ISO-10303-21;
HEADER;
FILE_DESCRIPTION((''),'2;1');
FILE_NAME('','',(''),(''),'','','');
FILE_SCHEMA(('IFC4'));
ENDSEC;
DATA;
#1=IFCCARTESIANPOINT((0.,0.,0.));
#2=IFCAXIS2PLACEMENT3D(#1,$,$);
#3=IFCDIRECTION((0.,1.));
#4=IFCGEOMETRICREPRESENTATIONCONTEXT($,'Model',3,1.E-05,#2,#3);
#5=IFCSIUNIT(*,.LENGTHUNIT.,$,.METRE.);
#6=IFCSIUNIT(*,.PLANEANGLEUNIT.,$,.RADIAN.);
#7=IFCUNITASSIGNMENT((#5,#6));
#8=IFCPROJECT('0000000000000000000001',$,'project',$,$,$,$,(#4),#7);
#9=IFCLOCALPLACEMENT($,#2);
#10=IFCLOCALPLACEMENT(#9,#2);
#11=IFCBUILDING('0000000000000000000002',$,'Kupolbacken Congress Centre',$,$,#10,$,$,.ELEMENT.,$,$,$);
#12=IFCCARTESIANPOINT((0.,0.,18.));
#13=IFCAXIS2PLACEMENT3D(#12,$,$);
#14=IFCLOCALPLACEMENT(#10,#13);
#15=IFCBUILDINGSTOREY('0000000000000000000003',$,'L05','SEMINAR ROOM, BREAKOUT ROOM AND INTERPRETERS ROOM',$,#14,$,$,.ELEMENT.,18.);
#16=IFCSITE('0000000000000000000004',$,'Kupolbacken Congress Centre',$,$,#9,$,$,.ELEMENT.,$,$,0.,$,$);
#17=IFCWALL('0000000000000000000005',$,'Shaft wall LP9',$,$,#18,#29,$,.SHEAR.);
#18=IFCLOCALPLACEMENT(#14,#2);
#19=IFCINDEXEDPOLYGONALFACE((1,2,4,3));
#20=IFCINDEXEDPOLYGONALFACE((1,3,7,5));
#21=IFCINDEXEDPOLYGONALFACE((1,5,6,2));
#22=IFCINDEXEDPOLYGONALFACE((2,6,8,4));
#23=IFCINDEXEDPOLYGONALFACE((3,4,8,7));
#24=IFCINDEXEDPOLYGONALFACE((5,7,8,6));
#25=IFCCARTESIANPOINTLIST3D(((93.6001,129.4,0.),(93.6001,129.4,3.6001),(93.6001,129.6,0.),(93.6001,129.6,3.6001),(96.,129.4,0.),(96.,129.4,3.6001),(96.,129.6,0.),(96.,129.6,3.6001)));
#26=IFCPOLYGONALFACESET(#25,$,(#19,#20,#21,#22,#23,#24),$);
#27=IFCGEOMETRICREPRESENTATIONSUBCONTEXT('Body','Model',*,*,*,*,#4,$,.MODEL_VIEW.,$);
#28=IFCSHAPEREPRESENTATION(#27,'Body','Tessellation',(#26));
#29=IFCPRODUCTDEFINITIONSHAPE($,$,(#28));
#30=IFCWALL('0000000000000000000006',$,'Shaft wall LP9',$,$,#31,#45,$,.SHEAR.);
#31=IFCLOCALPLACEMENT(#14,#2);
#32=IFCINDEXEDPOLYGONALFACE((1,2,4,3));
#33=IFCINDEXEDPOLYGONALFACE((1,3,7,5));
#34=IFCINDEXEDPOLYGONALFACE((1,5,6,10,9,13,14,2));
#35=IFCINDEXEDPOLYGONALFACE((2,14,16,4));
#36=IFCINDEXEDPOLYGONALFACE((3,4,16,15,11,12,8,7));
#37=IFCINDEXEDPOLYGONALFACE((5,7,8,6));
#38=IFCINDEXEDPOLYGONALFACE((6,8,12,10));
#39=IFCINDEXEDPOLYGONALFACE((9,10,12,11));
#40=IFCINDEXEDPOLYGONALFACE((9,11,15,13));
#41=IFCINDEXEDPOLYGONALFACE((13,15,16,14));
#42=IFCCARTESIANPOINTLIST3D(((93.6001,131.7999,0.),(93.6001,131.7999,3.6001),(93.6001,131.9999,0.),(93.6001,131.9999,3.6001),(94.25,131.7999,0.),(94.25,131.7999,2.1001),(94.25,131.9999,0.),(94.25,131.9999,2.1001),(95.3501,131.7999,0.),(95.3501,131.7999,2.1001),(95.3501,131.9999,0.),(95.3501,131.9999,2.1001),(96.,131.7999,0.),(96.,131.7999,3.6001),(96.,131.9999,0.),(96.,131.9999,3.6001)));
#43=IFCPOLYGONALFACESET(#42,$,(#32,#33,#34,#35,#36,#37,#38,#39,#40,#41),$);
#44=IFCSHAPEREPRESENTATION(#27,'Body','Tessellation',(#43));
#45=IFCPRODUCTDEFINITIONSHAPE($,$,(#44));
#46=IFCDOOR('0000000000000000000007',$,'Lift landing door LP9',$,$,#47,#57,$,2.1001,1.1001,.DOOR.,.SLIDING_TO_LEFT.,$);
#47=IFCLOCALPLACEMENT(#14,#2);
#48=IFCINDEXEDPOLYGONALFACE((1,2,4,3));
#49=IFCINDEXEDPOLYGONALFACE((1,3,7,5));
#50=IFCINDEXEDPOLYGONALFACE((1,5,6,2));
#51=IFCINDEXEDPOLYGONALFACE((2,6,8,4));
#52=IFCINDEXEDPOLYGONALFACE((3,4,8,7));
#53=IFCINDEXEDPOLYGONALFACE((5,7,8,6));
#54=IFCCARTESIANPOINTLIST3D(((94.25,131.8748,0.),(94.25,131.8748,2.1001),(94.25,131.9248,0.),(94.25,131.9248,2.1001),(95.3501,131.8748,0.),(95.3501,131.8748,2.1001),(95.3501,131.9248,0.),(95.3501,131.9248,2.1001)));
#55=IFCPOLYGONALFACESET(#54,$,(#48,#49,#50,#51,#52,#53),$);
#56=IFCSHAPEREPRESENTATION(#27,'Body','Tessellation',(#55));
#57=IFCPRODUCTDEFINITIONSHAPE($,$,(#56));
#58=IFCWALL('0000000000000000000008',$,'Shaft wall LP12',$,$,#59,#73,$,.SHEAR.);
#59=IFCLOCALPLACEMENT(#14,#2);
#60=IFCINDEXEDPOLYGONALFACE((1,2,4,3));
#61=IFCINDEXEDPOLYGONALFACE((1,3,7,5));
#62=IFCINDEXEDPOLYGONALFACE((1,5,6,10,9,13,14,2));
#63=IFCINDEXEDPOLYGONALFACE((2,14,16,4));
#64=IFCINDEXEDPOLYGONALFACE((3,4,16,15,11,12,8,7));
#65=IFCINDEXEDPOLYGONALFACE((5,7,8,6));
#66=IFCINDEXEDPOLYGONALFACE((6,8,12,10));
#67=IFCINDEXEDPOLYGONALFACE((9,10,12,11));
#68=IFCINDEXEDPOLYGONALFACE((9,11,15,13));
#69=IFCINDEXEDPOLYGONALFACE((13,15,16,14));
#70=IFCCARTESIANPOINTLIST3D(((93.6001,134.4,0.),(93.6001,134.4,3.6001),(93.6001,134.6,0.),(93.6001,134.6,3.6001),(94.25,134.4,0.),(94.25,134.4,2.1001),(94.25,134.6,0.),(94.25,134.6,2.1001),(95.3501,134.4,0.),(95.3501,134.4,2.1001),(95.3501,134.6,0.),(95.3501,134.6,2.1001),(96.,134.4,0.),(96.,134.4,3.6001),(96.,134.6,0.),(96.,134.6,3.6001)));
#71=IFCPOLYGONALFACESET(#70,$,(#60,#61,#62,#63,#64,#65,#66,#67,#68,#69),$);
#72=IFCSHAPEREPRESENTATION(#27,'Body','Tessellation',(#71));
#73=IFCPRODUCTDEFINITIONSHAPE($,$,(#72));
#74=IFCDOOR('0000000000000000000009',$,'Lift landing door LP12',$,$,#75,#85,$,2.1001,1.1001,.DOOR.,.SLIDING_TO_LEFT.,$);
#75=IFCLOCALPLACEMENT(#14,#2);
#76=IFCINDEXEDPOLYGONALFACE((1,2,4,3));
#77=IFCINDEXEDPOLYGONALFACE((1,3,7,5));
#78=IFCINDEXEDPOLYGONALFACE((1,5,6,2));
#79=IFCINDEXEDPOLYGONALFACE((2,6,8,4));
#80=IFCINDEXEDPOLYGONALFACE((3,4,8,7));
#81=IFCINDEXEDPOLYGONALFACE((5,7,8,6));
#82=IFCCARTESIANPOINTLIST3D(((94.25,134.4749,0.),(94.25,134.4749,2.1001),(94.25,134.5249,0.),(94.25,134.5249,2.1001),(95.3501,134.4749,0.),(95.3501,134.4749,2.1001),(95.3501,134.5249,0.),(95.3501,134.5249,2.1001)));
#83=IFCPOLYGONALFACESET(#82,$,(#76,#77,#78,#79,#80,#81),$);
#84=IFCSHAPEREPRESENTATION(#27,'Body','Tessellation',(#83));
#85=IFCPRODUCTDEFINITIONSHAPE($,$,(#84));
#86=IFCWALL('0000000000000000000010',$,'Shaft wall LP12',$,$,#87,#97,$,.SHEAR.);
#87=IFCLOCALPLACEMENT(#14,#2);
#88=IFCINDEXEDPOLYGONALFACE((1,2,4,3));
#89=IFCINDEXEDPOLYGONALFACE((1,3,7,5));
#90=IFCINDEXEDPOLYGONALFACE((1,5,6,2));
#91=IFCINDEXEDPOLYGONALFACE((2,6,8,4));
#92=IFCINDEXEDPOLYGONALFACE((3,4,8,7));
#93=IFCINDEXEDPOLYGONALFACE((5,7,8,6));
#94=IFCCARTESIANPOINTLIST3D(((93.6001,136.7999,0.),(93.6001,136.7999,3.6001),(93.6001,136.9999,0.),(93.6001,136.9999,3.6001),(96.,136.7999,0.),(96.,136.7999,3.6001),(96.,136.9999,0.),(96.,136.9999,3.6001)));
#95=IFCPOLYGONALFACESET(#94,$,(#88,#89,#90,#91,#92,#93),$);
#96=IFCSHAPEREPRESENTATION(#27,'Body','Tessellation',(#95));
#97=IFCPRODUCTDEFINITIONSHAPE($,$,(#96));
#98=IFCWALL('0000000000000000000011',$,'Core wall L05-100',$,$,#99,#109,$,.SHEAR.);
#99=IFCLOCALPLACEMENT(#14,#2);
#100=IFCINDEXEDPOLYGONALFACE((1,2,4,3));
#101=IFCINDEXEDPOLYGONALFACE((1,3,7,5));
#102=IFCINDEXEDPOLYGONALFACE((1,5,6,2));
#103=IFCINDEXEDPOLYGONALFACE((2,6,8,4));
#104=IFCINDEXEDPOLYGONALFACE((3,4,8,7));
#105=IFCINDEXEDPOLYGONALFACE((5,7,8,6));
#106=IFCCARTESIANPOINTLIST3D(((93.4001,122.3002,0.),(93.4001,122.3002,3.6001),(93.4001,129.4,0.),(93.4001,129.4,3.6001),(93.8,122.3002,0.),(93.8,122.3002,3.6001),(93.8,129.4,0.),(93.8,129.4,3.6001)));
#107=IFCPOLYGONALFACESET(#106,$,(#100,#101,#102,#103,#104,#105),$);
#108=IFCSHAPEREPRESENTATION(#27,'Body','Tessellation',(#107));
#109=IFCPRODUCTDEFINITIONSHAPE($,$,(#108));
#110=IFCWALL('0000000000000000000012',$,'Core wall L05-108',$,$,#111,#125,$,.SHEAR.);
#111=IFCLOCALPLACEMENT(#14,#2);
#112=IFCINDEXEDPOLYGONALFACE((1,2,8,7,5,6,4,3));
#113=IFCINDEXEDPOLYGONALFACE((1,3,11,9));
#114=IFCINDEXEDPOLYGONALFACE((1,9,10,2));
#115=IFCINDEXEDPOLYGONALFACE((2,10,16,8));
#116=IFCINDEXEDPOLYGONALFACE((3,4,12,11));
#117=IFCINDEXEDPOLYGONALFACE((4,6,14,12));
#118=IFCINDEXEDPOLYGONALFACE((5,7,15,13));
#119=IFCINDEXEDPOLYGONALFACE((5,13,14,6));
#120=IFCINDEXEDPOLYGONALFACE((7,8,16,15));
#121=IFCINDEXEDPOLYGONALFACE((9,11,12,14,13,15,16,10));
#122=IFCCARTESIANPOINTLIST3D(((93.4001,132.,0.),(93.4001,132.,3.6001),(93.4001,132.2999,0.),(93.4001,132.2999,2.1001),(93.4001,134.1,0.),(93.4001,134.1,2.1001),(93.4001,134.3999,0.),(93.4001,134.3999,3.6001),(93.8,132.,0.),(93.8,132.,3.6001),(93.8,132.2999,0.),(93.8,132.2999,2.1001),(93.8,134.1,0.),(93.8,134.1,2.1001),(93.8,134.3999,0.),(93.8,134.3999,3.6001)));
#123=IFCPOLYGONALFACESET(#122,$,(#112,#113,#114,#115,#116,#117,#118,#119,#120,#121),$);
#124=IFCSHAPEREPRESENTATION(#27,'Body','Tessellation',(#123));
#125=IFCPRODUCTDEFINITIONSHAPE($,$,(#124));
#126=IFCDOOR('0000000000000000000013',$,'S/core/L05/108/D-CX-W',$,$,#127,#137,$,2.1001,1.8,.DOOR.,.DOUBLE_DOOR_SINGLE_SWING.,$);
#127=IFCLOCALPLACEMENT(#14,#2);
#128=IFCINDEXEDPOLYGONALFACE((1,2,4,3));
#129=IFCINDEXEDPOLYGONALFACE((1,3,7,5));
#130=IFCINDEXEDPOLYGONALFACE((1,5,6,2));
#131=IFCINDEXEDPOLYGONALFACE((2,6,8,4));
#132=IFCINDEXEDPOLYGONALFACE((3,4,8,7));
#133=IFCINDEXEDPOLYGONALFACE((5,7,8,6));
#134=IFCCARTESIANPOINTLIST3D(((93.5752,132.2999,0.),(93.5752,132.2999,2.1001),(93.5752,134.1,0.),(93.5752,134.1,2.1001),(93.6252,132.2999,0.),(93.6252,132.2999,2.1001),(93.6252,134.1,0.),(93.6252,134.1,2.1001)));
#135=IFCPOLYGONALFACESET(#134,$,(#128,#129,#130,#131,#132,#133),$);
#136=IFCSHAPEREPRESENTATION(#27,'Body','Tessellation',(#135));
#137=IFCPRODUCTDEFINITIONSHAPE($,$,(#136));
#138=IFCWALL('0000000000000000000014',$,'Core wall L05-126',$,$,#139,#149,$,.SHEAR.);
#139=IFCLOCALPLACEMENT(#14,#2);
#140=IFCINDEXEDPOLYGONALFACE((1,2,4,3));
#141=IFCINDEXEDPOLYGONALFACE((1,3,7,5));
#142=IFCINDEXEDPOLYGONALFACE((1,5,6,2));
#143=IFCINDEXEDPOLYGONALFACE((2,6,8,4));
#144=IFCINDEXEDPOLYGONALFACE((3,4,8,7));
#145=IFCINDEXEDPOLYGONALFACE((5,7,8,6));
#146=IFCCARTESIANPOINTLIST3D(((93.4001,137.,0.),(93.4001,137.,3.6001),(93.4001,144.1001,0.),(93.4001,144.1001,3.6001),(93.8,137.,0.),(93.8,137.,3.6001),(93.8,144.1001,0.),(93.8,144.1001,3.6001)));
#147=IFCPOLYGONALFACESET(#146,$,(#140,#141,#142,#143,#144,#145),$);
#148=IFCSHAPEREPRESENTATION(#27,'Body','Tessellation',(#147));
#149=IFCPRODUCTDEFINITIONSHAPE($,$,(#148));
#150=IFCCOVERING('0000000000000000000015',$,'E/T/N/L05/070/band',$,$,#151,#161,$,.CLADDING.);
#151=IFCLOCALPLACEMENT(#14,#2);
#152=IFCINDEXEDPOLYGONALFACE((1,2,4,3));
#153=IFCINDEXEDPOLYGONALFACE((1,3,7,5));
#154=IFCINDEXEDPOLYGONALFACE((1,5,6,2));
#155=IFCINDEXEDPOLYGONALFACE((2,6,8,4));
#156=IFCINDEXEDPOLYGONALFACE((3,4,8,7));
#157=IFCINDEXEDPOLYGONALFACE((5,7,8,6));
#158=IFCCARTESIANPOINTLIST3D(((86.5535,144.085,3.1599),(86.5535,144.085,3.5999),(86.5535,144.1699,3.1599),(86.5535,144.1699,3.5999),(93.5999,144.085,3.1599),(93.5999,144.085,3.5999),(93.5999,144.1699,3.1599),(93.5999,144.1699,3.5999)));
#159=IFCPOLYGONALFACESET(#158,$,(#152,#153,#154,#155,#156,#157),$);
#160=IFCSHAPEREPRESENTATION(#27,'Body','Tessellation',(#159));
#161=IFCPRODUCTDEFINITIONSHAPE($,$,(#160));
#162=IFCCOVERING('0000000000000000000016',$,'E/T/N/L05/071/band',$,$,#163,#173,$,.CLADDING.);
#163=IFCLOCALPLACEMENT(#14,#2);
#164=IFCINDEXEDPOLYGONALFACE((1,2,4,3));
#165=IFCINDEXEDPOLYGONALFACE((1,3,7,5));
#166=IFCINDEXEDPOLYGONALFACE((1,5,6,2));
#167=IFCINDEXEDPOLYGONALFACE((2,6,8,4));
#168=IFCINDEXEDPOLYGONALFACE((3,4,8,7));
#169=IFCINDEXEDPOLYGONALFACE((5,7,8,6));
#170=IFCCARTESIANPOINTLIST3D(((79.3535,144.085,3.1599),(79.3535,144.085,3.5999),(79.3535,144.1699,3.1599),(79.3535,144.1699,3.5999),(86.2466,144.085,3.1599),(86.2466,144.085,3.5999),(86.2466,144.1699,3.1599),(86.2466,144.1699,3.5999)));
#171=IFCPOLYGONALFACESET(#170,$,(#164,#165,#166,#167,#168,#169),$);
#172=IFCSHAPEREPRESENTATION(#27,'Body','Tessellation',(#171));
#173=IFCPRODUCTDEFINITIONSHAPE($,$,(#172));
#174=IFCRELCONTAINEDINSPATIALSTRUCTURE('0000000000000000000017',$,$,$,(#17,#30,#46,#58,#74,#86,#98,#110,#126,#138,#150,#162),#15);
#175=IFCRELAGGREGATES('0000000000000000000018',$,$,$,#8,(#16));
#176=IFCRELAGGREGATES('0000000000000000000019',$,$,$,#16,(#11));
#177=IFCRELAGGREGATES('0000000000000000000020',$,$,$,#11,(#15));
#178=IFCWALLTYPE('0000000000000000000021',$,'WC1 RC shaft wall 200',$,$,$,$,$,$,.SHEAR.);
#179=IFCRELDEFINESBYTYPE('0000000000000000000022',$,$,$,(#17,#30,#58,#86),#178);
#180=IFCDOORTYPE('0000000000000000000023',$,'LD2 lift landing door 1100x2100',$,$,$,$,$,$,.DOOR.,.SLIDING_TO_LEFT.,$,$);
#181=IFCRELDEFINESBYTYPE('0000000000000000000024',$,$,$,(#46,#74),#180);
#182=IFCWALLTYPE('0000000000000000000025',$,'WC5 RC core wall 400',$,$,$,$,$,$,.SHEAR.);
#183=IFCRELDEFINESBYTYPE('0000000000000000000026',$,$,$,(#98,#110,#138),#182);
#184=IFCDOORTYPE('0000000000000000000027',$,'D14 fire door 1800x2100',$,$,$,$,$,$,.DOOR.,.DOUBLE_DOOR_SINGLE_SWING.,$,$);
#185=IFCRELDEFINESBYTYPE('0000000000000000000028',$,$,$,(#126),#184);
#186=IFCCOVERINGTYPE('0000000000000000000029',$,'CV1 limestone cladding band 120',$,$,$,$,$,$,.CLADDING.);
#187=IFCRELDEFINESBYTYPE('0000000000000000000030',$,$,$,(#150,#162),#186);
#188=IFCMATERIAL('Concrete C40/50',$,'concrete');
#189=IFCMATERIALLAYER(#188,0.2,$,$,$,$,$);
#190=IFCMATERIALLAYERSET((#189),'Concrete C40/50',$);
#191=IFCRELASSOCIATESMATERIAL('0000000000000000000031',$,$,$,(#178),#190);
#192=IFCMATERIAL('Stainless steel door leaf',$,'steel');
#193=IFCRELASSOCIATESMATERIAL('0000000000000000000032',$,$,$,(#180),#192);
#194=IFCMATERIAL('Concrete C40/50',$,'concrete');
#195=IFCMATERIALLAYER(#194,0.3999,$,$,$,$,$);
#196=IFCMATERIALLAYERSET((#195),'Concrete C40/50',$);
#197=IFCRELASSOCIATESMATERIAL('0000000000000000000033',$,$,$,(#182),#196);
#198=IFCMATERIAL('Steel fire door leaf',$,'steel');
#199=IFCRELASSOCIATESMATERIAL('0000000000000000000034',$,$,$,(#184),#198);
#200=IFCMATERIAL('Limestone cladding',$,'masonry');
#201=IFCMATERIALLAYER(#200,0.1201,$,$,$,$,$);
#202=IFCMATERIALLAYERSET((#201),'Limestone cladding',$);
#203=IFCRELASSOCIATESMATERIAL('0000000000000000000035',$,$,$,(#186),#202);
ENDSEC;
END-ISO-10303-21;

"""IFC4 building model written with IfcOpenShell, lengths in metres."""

from ifc_helpers import new_model, si_unit, direction, frame, frame_2d, origin, origin_2d, place, context, subcontext, project, spatial, rectangle, extrude, material, layer, layer_set, type_object, element, fill, save


model = new_model("IFC4")

# Units and contexts
model_context = context("Model", 3, precision=1e-05, world=origin(), true_north=direction((0.0, 1.0)))
body_context = subcontext(model_context, "Body", "Model", "MODEL_VIEW")
ifc_project = project(units=[si_unit("LENGTHUNIT", "METRE"), si_unit("PLANEANGLEUNIT", "RADIAN")], contexts=[model_context])

# Site, building, storey
site_placement = place(None, origin())
site = spatial("IfcSite", under=ifc_project, at=site_placement, Name="Kupolbacken Congress Centre", CompositionType="ELEMENT", RefElevation=0.0)
building_placement = place(site_placement, origin())
building = spatial("IfcBuilding", under=site, at=building_placement, Name="Kupolbacken Congress Centre", CompositionType="ELEMENT")
storey_placement = place(building_placement, frame((0.0, 0.0, 18.0)))
storey = spatial("IfcBuildingStorey", under=building, at=storey_placement, Name="L05", Description="SEMINAR ROOM, BREAKOUT ROOM AND INTERPRETERS ROOM", CompositionType="ELEMENT", Elevation=18.0)

# Wall
ifc_material_1 = material(Name="Concrete C40/50", Category="concrete")
ifc_layer_1 = layer(ifc_material_1, 0.2)
ifc_layer_set_1 = layer_set([ifc_layer_1], Name="Concrete C40/50")
wall_type_1 = type_object("IfcWallType", Name="WC1 RC shaft wall 200", PredefinedType="SHEAR", material=ifc_layer_set_1)
wall_1_placement = place(storey_placement, frame((93.6001, 129.5, 0.0), z_axis=(0.0, 0.0, 1.0), x_axis=(1.0, 0.0, 0.0)))
element("IfcWall", 1, at=wall_1_placement, inside=storey, type_object=wall_type_1, Name="Shaft wall LP9", PredefinedType="SHEAR", context=body_context, shape_type="SweptSolid", body=[
    extrude(rectangle(XDim=2.3999, YDim=0.2, at=frame_2d((1.2, 0.0))), origin(), (0.0, 0.0, 1.0), 3.6001),
])

# Walls, openings, doors
wall_2_placement = place(storey_placement, frame((93.6001, 131.8999, 0.0), z_axis=(0.0, 0.0, 1.0), x_axis=(1.0, 0.0, 0.0)))
wall_2 = element("IfcWall", 2, at=wall_2_placement, inside=storey, type_object=wall_type_1, Name="Shaft wall LP9", PredefinedType="SHEAR", context=body_context, shape_type="SweptSolid", body=[
    extrude(rectangle(XDim=2.3999, YDim=0.2, at=frame_2d((1.2, 0.0))), origin(), (0.0, 0.0, 1.0), 3.6001),
])
opening_1_placement = place(wall_2_placement, frame((0.6499, 0.0, 0.0)))
opening_1 = element("IfcOpeningElement", 3, at=opening_1_placement, cuts=wall_2, PredefinedType="OPENING", context=body_context, shape_type="SweptSolid", body=[
    extrude(rectangle(XDim=1.1001, YDim=2.1001, at=frame_2d((0.55, 1.05))), frame((0.0, 0.1099, 0.0), z_axis=(0.0, -1.0, 0.0), x_axis=(1.0, 0.0, 0.0)), (0.0, 0.0, 1.0), 0.22),
])
ifc_material_2 = material(Name="Stainless steel door leaf", Category="steel")
door_type_1 = type_object("IfcDoorType", Name="LD2 lift landing door 1100x2100", OperationType="SLIDING_TO_LEFT", PredefinedType="DOOR", material=ifc_material_2)
door_1_placement = place(opening_1_placement, origin())
door_1 = element("IfcDoor", 4, at=door_1_placement, inside=storey, type_object=door_type_1, Name="Lift landing door LP9", OperationType="SLIDING_TO_LEFT", OverallHeight=2.1001, OverallWidth=1.1001, PredefinedType="DOOR", context=body_context, shape_type="SweptSolid", body=[
    extrude(rectangle(XDim=1.1001, YDim=2.1001, at=frame_2d((0.55, 1.05))), frame((0.0, 0.0249, 0.0), z_axis=(0.0, -1.0, 0.0), x_axis=(1.0, 0.0, 0.0)), (0.0, 0.0, 1.0), 0.05),
])
fill(opening_1, door_1)
wall_3_placement = place(storey_placement, frame((93.6001, 134.5, 0.0), z_axis=(0.0, 0.0, 1.0), x_axis=(1.0, 0.0, 0.0)))
wall_3 = element("IfcWall", 5, at=wall_3_placement, inside=storey, type_object=wall_type_1, Name="Shaft wall LP12", PredefinedType="SHEAR", context=body_context, shape_type="SweptSolid", body=[
    extrude(rectangle(XDim=2.3999, YDim=0.2, at=frame_2d((1.2, 0.0))), origin(), (0.0, 0.0, 1.0), 3.6001),
])
opening_2_placement = place(wall_3_placement, frame((0.6499, 0.0, 0.0)))
opening_2 = element("IfcOpeningElement", 6, at=opening_2_placement, cuts=wall_3, PredefinedType="OPENING", context=body_context, shape_type="SweptSolid", body=[
    extrude(rectangle(XDim=1.1001, YDim=2.1001, at=frame_2d((0.55, 1.05))), frame((0.0, 0.1099, 0.0), z_axis=(0.0, -1.0, 0.0), x_axis=(1.0, 0.0, 0.0)), (0.0, 0.0, 1.0), 0.22),
])
door_2_placement = place(opening_2_placement, origin())
door_2 = element("IfcDoor", 7, at=door_2_placement, inside=storey, type_object=door_type_1, Name="Lift landing door LP12", OperationType="SLIDING_TO_LEFT", OverallHeight=2.1001, OverallWidth=1.1001, PredefinedType="DOOR", context=body_context, shape_type="SweptSolid", body=[
    extrude(rectangle(XDim=1.1001, YDim=2.1001, at=frame_2d((0.55, 1.05))), frame((0.0, 0.0249, 0.0), z_axis=(0.0, -1.0, 0.0), x_axis=(1.0, 0.0, 0.0)), (0.0, 0.0, 1.0), 0.05),
])
fill(opening_2, door_2)

# Walls
wall_4_placement = place(storey_placement, frame((93.6001, 136.8999, 0.0), z_axis=(0.0, 0.0, 1.0), x_axis=(1.0, 0.0, 0.0)))
element("IfcWall", 8, at=wall_4_placement, inside=storey, type_object=wall_type_1, Name="Shaft wall LP12", PredefinedType="SHEAR", context=body_context, shape_type="SweptSolid", body=[
    extrude(rectangle(XDim=2.3999, YDim=0.2, at=frame_2d((1.2, 0.0))), origin(), (0.0, 0.0, 1.0), 3.6001),
])
ifc_material_3 = material(Name="Concrete C40/50", Category="concrete")
ifc_layer_2 = layer(ifc_material_3, 0.3999)
ifc_layer_set_2 = layer_set([ifc_layer_2], Name="Concrete C40/50")
wall_type_2 = type_object("IfcWallType", Name="WC5 RC core wall 400", PredefinedType="SHEAR", material=ifc_layer_set_2)
wall_5_placement = place(storey_placement, frame((93.6001, 129.3999, 0.0), z_axis=(0.0, 0.0, 1.0), x_axis=(0.0, -1.0, 0.0)))
element("IfcWall", 9, at=wall_5_placement, inside=storey, type_object=wall_type_2, Name="Core wall L05-100", PredefinedType="SHEAR", context=body_context, shape_type="SweptSolid", body=[
    extrude(rectangle(XDim=7.0999, YDim=0.3999, at=frame_2d((3.5498, 0.0))), origin(), (0.0, 0.0, 1.0), 3.6001),
])

# Wall, opening, door
wall_6_placement = place(storey_placement, frame((93.6001, 132.0, 0.0), z_axis=(0.0, 0.0, 1.0), x_axis=(0.0, 1.0, 0.0)))
wall_6 = element("IfcWall", 10, at=wall_6_placement, inside=storey, type_object=wall_type_2, Name="Core wall L05-108", PredefinedType="SHEAR", context=body_context, shape_type="SweptSolid", body=[
    extrude(rectangle(XDim=2.3999, YDim=0.3999, at=frame_2d((1.2, 0.0))), origin(), (0.0, 0.0, 1.0), 3.6001),
])
opening_3_placement = place(wall_6_placement, frame((0.3, 0.0, 0.0)))
opening_3 = element("IfcOpeningElement", 11, at=opening_3_placement, cuts=wall_6, PredefinedType="OPENING", context=body_context, shape_type="SweptSolid", body=[
    extrude(rectangle(XDim=1.8, YDim=2.1001, at=frame_2d((0.8999, 1.05))), frame((0.0, 0.21, 0.0), z_axis=(0.0, -1.0, 0.0), x_axis=(1.0, 0.0, 0.0)), (0.0, 0.0, 1.0), 0.4199),
])
ifc_material_4 = material(Name="Steel fire door leaf", Category="steel")
door_type_2 = type_object("IfcDoorType", Name="D14 fire door 1800x2100", OperationType="DOUBLE_DOOR_SINGLE_SWING", PredefinedType="DOOR", material=ifc_material_4)
door_3_placement = place(opening_3_placement, origin())
door_3 = element("IfcDoor", 12, at=door_3_placement, inside=storey, type_object=door_type_2, Name="S/core/L05/108/D-CX-W", OperationType="DOUBLE_DOOR_SINGLE_SWING", OverallHeight=2.1001, OverallWidth=1.8, PredefinedType="DOOR", context=body_context, shape_type="SweptSolid", body=[
    extrude(rectangle(XDim=1.8, YDim=2.1001, at=frame_2d((0.8999, 1.05))), frame((0.0, 0.0249, 0.0), z_axis=(0.0, -1.0, 0.0), x_axis=(1.0, 0.0, 0.0)), (0.0, 0.0, 1.0), 0.05),
])
fill(opening_3, door_3)

# Wall
wall_7_placement = place(storey_placement, frame((93.6001, 144.1001, 0.0), z_axis=(0.0, 0.0, 1.0), x_axis=(0.0, -1.0, 0.0)))
element("IfcWall", 13, at=wall_7_placement, inside=storey, type_object=wall_type_2, Name="Core wall L05-126", PredefinedType="SHEAR", context=body_context, shape_type="SweptSolid", body=[
    extrude(rectangle(XDim=7.1001, YDim=0.3999, at=frame_2d((3.55, 0.0))), origin(), (0.0, 0.0, 1.0), 3.6001),
])

# Coverings
ifc_material_5 = material(Name="Limestone cladding", Category="masonry")
ifc_layer_3 = layer(ifc_material_5, 0.1201)
ifc_layer_set_3 = layer_set([ifc_layer_3], Name="Limestone cladding")
covering_type_1 = type_object("IfcCoveringType", Name="CV1 limestone cladding band 120", PredefinedType="CLADDING", material=ifc_layer_set_3)
covering_1_placement = place(storey_placement, frame((90.0767, 144.1274, 3.1599), z_axis=(0.0, 0.0, 1.0), x_axis=(-1.0, 0.0, 0.0)))
element("IfcCovering", 14, at=covering_1_placement, inside=storey, type_object=covering_type_1, Name="E/T/N/L05/070/band", PredefinedType="CLADDING", context=body_context, shape_type="SweptSolid", body=[
    extrude(rectangle(XDim=7.0464, YDim=0.085, at=origin_2d()), origin(), (0.0, 0.0, 1.0), 0.4399),
])
covering_2_placement = place(storey_placement, frame((82.8, 144.1274, 3.1599), z_axis=(0.0, 0.0, 1.0), x_axis=(-1.0, 0.0, 0.0)))
element("IfcCovering", 15, at=covering_2_placement, inside=storey, type_object=covering_type_1, Name="E/T/N/L05/071/band", PredefinedType="CLADDING", context=body_context, shape_type="SweptSolid", body=[
    extrude(rectangle(XDim=6.8931, YDim=0.085, at=origin_2d()), origin(), (0.0, 0.0, 1.0), 0.4399),
])

save(model, "model.ifc")
